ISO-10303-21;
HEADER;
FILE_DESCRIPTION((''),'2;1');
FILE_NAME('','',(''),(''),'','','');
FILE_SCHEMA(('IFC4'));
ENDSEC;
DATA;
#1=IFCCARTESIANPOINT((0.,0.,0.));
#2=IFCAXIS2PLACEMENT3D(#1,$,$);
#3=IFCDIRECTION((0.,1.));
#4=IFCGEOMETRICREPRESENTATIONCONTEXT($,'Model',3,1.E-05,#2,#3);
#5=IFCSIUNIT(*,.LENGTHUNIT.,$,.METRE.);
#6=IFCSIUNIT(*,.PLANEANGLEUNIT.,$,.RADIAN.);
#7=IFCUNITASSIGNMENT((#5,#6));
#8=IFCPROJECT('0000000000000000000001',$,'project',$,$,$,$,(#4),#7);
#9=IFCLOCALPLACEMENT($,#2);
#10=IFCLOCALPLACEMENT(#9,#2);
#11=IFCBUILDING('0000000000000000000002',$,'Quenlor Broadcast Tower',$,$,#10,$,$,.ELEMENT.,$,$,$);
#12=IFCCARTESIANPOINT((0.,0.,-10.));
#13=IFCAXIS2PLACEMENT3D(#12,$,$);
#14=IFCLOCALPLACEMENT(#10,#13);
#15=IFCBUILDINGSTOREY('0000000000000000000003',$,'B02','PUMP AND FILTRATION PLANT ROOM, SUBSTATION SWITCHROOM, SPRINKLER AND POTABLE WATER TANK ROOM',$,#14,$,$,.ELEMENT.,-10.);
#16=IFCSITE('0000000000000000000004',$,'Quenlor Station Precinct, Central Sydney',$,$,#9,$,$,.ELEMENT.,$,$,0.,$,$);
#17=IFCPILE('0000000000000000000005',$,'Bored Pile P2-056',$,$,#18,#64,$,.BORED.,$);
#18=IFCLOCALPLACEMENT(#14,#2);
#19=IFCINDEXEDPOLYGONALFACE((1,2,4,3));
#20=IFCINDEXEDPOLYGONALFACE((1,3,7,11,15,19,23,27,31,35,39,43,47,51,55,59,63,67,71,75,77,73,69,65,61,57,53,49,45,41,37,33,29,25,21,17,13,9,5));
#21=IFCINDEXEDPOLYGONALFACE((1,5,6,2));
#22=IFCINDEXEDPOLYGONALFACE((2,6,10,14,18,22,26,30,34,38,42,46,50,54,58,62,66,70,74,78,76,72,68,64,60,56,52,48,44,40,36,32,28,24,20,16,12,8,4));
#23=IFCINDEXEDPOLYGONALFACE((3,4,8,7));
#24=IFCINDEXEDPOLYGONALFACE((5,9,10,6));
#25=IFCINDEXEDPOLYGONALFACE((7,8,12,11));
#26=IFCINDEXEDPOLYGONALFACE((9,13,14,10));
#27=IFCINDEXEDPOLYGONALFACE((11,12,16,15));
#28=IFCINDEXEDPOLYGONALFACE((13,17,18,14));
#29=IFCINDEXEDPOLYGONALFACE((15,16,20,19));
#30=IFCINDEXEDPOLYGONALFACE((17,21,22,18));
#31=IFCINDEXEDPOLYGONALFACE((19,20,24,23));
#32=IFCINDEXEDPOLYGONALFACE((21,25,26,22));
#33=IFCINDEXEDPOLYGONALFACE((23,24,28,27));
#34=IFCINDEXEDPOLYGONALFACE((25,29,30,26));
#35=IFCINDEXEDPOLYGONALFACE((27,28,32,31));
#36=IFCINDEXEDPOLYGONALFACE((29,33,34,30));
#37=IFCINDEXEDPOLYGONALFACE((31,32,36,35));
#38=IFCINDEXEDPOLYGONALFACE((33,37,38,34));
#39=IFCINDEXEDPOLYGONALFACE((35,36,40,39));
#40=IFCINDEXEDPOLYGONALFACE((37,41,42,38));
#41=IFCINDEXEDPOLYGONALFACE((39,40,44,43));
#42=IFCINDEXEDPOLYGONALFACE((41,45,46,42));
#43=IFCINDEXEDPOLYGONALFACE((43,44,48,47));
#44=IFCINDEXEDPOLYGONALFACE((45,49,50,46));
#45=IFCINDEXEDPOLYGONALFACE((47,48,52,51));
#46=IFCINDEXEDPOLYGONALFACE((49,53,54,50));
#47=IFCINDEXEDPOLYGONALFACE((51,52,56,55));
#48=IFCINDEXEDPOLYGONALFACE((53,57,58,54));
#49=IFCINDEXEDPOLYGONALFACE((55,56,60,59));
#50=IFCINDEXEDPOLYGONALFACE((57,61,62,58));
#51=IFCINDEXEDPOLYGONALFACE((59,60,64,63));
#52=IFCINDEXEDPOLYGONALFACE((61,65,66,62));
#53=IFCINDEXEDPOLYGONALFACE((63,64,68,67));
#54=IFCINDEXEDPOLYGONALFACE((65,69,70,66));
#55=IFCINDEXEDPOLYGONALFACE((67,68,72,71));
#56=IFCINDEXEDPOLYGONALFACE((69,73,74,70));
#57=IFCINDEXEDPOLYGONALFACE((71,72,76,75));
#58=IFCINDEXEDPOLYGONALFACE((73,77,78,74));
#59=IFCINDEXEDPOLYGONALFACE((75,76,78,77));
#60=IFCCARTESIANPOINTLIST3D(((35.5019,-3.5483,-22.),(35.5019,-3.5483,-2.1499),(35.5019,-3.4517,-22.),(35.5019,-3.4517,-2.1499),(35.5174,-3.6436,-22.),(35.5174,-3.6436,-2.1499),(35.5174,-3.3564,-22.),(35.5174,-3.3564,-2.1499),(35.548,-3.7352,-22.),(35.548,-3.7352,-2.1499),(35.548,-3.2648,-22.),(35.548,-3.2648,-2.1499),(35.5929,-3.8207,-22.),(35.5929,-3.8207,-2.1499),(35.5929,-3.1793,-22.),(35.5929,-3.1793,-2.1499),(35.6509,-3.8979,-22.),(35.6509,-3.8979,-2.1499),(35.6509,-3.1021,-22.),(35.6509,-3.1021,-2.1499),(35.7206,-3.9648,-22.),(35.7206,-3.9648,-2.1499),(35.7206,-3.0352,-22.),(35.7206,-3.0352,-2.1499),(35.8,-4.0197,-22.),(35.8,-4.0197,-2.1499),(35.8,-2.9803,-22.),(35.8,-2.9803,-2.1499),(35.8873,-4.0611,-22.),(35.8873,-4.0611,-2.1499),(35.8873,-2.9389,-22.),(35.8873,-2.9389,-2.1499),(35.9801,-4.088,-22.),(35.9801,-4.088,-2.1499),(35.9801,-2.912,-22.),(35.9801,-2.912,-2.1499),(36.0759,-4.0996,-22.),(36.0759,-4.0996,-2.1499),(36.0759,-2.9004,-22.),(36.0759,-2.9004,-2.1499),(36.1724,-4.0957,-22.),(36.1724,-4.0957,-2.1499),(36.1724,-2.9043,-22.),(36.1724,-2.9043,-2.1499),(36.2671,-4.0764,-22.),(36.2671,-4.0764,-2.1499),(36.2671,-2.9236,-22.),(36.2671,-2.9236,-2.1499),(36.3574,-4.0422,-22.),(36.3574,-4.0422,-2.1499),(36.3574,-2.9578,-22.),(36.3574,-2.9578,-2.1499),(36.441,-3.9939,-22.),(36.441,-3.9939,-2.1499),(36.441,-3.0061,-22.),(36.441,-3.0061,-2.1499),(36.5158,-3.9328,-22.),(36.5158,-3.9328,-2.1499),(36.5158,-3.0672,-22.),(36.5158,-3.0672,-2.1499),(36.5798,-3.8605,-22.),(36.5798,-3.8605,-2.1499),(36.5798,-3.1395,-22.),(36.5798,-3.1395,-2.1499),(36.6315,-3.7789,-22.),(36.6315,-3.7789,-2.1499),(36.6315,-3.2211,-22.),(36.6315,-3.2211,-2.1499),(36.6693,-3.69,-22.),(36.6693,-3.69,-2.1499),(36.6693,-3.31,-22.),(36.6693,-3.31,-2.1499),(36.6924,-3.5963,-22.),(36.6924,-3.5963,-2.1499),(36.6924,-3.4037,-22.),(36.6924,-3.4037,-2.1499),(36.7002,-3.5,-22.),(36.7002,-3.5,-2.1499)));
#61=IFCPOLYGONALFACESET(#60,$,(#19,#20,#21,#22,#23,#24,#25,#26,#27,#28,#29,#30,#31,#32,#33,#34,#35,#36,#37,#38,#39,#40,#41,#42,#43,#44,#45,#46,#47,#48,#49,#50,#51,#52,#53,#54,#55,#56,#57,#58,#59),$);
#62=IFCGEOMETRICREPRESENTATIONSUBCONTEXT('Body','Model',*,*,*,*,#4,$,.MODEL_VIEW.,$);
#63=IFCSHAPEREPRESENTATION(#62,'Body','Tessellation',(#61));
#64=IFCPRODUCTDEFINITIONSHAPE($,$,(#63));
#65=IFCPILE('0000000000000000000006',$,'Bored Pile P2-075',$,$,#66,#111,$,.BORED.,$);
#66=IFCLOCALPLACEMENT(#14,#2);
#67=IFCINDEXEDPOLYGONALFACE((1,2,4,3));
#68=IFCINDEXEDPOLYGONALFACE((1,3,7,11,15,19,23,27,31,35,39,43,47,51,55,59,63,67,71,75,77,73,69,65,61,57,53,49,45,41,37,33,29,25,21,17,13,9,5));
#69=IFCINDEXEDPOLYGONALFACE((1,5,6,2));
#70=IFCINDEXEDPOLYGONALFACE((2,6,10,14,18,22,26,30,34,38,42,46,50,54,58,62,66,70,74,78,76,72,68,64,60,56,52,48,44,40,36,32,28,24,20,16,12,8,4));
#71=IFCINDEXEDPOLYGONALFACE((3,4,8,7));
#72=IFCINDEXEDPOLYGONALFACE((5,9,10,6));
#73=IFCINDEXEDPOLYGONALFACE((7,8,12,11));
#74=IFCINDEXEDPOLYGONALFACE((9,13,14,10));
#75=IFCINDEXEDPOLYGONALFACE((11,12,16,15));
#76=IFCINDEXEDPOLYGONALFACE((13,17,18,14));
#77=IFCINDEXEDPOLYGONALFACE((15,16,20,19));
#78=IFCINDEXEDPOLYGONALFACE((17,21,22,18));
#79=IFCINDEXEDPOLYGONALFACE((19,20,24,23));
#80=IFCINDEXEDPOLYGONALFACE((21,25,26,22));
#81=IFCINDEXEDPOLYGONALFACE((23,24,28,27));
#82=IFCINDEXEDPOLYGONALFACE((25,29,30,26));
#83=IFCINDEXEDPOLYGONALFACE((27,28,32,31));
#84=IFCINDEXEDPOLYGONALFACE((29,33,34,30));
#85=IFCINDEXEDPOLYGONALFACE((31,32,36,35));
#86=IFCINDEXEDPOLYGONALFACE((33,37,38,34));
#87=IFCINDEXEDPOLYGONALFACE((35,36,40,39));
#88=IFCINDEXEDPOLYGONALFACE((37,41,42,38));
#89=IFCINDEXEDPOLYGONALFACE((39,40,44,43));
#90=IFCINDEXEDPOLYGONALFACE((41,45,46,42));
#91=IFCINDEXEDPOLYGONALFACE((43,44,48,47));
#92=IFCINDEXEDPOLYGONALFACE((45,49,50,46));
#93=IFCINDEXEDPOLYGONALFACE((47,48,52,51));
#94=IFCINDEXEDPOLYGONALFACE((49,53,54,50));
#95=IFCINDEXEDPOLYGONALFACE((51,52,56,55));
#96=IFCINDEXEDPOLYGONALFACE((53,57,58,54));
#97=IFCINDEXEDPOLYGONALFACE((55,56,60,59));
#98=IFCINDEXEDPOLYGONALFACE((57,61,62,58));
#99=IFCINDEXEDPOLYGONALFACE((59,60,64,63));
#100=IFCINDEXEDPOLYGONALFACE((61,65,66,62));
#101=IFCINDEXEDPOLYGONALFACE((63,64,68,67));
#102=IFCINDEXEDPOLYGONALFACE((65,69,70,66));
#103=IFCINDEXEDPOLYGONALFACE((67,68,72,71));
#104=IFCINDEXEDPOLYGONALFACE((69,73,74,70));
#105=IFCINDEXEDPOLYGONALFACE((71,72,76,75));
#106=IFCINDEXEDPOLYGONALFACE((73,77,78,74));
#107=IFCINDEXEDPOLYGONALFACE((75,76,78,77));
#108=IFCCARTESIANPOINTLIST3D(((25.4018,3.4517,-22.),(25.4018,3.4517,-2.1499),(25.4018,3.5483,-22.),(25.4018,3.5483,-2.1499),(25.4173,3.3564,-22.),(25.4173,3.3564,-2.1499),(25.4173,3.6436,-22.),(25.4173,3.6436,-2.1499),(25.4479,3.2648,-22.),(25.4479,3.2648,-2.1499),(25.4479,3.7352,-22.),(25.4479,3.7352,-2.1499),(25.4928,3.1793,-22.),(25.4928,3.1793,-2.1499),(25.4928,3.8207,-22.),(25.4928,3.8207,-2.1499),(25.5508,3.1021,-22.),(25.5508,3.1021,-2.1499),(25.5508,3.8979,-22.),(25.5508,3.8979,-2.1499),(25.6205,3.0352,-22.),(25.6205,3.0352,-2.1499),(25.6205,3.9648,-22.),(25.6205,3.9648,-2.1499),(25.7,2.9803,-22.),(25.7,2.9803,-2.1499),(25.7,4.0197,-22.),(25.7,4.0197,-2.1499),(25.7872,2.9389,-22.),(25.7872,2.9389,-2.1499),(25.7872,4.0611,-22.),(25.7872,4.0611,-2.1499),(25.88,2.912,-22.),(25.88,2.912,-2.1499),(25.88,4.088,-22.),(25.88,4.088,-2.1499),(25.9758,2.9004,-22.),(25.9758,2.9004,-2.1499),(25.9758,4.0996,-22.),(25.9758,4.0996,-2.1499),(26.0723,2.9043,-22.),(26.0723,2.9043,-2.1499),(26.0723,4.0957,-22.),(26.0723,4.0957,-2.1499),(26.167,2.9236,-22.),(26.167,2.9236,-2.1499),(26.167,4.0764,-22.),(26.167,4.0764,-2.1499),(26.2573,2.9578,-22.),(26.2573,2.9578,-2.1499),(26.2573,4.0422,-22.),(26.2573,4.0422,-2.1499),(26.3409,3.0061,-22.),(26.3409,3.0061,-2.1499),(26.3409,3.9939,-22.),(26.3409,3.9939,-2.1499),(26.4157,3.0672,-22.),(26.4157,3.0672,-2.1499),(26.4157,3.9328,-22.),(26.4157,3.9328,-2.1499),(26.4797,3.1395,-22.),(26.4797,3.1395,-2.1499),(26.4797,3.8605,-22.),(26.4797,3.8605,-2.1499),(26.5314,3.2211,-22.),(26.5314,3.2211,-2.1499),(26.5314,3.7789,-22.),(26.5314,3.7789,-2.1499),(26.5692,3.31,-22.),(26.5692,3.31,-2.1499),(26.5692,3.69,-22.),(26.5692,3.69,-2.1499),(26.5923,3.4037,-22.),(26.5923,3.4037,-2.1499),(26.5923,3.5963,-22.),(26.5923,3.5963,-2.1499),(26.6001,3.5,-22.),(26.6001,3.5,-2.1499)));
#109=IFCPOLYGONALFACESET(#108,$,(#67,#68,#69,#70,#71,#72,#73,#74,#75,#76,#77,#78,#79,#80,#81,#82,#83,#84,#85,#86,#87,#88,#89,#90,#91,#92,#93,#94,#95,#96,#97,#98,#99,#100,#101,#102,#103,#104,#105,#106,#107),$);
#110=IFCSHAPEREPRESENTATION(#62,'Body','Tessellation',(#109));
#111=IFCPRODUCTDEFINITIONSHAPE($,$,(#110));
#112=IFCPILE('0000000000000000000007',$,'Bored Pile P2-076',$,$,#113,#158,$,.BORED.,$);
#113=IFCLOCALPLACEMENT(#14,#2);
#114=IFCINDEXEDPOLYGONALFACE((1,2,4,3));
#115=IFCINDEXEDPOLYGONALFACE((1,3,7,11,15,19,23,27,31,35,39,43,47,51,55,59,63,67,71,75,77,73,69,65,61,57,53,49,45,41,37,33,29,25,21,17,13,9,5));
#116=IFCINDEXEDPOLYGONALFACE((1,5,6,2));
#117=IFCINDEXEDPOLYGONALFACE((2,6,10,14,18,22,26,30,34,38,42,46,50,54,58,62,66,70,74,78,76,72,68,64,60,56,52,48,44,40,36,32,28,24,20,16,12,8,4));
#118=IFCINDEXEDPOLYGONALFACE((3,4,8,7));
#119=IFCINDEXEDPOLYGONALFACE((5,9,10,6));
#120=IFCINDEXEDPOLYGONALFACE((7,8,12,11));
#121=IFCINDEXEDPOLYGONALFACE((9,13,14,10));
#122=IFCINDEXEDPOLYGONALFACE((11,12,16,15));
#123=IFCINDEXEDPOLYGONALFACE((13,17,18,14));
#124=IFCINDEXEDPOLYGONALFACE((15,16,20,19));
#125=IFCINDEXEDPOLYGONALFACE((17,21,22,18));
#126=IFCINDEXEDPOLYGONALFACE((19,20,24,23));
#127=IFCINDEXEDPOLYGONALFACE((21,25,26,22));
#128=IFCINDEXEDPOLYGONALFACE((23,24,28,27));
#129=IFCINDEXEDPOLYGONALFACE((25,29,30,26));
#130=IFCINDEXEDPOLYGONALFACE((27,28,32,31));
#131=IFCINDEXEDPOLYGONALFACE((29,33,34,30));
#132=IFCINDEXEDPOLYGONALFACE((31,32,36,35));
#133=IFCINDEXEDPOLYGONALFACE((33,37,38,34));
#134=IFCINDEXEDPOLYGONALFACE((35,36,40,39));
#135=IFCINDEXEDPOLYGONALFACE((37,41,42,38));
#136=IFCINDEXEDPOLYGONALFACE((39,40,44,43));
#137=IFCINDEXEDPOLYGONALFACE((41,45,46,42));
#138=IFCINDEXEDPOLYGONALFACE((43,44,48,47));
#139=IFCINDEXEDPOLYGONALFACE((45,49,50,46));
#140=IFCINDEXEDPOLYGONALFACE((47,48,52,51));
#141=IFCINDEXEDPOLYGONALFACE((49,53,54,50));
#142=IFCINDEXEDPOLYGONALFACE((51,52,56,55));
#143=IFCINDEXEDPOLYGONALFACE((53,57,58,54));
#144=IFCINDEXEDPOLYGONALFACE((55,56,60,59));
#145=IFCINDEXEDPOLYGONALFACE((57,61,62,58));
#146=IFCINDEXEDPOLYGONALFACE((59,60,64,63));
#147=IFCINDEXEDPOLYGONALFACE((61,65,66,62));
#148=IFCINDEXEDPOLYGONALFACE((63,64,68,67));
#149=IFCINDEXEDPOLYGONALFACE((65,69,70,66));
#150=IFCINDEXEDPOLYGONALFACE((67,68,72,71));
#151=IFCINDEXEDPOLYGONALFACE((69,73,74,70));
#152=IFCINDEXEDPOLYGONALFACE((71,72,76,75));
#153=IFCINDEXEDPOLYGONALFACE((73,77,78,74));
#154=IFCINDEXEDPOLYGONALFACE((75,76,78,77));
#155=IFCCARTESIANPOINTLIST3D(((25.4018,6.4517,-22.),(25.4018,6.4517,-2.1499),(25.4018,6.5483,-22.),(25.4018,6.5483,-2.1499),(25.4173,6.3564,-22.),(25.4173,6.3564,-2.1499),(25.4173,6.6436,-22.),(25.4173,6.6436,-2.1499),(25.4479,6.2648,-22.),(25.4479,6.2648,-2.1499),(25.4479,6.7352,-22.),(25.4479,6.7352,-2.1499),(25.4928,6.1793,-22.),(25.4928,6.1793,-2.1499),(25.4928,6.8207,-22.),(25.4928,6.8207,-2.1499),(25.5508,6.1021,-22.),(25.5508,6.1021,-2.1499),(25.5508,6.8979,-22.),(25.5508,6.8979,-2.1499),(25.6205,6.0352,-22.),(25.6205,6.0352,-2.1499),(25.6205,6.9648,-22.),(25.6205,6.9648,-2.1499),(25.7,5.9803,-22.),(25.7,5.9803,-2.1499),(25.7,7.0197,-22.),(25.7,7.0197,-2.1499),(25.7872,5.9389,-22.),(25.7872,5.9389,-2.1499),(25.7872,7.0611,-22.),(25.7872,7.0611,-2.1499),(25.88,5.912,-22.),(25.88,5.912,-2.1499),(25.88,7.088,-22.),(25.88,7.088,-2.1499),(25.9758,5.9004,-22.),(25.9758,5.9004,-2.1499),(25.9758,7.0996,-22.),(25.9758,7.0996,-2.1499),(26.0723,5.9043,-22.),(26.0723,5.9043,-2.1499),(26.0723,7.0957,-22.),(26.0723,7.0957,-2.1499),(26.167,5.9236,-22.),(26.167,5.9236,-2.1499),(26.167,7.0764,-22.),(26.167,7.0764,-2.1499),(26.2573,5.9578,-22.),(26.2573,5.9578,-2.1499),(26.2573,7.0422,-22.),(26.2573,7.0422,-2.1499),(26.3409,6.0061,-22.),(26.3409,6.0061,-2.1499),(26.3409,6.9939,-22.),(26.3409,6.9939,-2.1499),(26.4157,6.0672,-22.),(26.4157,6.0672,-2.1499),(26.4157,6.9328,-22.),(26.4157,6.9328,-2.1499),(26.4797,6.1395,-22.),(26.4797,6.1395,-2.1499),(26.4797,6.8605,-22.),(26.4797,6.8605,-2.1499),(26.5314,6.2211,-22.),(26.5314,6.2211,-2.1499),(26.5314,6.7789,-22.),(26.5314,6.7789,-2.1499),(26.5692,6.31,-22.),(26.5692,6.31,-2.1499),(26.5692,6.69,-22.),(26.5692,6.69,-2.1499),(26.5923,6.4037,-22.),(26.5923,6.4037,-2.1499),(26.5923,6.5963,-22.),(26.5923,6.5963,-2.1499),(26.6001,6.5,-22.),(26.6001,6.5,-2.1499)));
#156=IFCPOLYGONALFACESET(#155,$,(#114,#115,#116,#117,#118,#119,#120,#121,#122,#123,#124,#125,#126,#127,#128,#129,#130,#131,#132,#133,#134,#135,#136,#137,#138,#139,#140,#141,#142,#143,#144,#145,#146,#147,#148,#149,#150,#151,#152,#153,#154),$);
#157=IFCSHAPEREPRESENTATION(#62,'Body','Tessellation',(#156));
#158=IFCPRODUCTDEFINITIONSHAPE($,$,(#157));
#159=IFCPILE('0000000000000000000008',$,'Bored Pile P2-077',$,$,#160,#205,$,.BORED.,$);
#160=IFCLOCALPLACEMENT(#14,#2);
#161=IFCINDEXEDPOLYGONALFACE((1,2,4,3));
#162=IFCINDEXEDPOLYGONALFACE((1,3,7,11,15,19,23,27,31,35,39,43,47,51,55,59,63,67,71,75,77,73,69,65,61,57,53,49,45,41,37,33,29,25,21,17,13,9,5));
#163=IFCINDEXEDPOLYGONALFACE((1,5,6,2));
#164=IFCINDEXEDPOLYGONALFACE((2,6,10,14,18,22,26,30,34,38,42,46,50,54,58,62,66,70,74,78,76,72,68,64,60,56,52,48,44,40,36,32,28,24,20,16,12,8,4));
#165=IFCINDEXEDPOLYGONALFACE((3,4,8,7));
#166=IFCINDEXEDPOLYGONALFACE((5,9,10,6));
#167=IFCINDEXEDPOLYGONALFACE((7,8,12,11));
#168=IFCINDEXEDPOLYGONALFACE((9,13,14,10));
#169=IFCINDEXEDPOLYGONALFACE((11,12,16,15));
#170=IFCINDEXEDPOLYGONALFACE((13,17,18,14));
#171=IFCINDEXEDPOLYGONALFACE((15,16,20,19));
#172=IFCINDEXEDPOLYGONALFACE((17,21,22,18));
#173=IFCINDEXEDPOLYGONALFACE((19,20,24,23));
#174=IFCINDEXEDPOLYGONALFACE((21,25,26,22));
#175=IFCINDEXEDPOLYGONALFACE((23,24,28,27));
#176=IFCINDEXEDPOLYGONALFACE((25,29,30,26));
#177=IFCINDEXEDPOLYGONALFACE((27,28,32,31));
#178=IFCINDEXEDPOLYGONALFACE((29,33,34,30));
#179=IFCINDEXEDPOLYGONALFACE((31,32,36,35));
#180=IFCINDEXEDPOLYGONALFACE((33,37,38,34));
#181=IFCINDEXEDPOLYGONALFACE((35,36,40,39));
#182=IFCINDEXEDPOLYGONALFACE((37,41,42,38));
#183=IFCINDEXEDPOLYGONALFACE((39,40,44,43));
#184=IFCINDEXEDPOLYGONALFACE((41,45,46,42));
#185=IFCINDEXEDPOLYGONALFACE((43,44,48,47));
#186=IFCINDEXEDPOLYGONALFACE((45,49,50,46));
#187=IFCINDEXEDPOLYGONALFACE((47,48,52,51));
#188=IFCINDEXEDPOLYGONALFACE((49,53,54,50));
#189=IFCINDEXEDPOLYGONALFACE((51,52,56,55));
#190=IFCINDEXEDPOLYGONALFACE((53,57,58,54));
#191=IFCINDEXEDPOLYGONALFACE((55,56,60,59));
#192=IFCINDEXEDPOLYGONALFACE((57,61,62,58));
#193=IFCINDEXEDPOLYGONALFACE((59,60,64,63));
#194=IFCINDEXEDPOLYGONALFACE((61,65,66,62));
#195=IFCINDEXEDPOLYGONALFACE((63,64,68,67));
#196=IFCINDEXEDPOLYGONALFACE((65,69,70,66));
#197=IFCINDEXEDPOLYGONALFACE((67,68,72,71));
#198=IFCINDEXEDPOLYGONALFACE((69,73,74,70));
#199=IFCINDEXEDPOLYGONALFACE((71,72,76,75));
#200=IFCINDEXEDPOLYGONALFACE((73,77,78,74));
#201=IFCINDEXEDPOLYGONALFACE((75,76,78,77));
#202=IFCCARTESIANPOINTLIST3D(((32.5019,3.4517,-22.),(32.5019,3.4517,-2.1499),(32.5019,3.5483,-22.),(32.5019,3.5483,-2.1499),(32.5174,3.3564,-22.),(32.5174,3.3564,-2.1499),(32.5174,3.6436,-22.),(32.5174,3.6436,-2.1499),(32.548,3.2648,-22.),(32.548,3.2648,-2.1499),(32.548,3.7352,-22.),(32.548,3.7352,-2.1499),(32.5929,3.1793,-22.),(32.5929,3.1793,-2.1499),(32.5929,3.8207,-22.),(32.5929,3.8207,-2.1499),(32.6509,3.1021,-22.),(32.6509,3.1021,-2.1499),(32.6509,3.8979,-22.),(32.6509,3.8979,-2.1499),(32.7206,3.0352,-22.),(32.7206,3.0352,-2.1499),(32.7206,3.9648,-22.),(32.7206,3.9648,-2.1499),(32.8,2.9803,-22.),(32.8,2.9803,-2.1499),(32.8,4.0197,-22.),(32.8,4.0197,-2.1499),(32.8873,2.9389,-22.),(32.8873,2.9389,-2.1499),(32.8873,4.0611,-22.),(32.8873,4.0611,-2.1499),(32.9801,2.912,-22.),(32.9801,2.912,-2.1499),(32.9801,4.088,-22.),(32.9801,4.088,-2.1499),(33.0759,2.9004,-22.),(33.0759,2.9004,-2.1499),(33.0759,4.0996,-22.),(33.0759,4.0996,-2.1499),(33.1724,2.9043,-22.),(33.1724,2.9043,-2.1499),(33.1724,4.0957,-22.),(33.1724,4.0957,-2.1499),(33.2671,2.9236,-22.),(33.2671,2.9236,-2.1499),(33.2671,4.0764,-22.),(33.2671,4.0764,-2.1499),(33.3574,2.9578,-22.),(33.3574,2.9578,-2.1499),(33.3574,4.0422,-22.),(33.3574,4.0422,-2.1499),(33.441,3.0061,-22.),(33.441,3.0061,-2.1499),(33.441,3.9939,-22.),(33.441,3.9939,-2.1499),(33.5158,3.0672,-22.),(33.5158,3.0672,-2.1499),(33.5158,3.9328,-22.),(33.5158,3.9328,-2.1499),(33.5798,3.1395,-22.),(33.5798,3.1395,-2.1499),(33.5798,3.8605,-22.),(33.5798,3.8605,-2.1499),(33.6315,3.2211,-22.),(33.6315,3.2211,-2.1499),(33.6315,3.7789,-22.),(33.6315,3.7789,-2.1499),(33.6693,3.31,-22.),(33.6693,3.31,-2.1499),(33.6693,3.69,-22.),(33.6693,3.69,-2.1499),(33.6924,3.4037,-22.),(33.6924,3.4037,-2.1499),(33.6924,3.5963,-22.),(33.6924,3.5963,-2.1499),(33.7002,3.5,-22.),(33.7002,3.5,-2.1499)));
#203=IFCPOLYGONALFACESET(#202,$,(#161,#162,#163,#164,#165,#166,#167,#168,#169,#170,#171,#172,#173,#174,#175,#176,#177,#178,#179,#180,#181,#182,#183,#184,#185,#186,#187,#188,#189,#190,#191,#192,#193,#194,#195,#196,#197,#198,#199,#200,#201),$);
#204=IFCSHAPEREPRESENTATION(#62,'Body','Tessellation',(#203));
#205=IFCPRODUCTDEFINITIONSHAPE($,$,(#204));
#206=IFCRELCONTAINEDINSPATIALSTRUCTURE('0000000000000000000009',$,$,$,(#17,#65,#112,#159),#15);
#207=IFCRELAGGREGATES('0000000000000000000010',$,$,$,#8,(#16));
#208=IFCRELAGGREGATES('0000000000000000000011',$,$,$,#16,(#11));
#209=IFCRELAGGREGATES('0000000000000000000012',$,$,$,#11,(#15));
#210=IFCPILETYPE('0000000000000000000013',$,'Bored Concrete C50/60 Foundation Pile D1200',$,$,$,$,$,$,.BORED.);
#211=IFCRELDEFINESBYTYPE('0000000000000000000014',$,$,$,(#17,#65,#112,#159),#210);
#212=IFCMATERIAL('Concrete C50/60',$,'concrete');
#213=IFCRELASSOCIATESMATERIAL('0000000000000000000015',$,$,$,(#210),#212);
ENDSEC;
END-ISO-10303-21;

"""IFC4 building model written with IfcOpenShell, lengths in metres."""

from ifc_helpers import new_model, si_unit, direction, frame, origin, origin_2d, place, context, subcontext, project, spatial, circle, extrude, material, material_profile, profile_set, type_object, element, save


model = new_model("IFC4")

# Units and contexts
model_context = context("Model", 3, precision=1e-05, world=origin(), true_north=direction((0.0, 1.0)))
body_context = subcontext(model_context, "Body", "Model", "MODEL_VIEW")
ifc_project = project(units=[si_unit("LENGTHUNIT", "METRE"), si_unit("PLANEANGLEUNIT", "RADIAN")], contexts=[model_context])

# Site, building, storey
site_placement = place(None, origin())
site = spatial("IfcSite", under=ifc_project, at=site_placement, Name="Quenlor Station Precinct, Central Sydney", CompositionType="ELEMENT", RefElevation=0.0)
building_placement = place(site_placement, origin())
building = spatial("IfcBuilding", under=site, at=building_placement, Name="Quenlor Broadcast Tower", CompositionType="ELEMENT")
storey_placement = place(building_placement, frame((0.0, 0.0, -10.0)))
storey = spatial("IfcBuildingStorey", under=building, at=storey_placement, Name="B02", Description="PUMP AND FILTRATION PLANT ROOM, SUBSTATION SWITCHROOM, SPRINKLER AND POTABLE WATER TANK ROOM", CompositionType="ELEMENT", Elevation=-10.0)

# Piles
ifc_material_1 = material(Name="Concrete C50/60", Category="concrete")
ifc_material_profile_1 = material_profile(ifc_material_1, circle(Radius=0.6001, at=origin_2d()))
ifc_profile_set_1 = profile_set([ifc_material_profile_1], Name="Concrete C50/60 PILE1200")
pile_type = type_object("IfcPileType", Name="Bored Concrete C50/60 Foundation Pile D1200", PredefinedType="BORED", material=ifc_profile_set_1)
for number, where, z_axis, x_axis, name in (
    (1, (36.1001, -3.5, -2.1499), (0.0, 0.0, -1.0), (1.0, 0.0, 0.0), "Bored Pile P2-056"),
    (2, (26.0, 3.5, -2.1499), (0.0, 0.0, -1.0), (1.0, 0.0, 0.0), "Bored Pile P2-075"),
    (3, (26.0, 6.5, -2.1499), (0.0, 0.0, -1.0), (1.0, 0.0, 0.0), "Bored Pile P2-076"),
    (4, (33.1001, 3.5, -2.1499), (0.0, 0.0, -1.0), (1.0, 0.0, 0.0), "Bored Pile P2-077"),
):
    element("IfcPile", number, at=place(storey_placement, frame(where, z_axis=z_axis, x_axis=x_axis)), inside=storey, type_object=pile_type, Name=name, PredefinedType="BORED", context=body_context, shape_type="SweptSolid", body=[
        extrude(circle(Radius=0.6001, at=origin_2d()), origin(), (0.0, 0.0, 1.0), 19.8501),
    ])

save(model, "model.ifc")
